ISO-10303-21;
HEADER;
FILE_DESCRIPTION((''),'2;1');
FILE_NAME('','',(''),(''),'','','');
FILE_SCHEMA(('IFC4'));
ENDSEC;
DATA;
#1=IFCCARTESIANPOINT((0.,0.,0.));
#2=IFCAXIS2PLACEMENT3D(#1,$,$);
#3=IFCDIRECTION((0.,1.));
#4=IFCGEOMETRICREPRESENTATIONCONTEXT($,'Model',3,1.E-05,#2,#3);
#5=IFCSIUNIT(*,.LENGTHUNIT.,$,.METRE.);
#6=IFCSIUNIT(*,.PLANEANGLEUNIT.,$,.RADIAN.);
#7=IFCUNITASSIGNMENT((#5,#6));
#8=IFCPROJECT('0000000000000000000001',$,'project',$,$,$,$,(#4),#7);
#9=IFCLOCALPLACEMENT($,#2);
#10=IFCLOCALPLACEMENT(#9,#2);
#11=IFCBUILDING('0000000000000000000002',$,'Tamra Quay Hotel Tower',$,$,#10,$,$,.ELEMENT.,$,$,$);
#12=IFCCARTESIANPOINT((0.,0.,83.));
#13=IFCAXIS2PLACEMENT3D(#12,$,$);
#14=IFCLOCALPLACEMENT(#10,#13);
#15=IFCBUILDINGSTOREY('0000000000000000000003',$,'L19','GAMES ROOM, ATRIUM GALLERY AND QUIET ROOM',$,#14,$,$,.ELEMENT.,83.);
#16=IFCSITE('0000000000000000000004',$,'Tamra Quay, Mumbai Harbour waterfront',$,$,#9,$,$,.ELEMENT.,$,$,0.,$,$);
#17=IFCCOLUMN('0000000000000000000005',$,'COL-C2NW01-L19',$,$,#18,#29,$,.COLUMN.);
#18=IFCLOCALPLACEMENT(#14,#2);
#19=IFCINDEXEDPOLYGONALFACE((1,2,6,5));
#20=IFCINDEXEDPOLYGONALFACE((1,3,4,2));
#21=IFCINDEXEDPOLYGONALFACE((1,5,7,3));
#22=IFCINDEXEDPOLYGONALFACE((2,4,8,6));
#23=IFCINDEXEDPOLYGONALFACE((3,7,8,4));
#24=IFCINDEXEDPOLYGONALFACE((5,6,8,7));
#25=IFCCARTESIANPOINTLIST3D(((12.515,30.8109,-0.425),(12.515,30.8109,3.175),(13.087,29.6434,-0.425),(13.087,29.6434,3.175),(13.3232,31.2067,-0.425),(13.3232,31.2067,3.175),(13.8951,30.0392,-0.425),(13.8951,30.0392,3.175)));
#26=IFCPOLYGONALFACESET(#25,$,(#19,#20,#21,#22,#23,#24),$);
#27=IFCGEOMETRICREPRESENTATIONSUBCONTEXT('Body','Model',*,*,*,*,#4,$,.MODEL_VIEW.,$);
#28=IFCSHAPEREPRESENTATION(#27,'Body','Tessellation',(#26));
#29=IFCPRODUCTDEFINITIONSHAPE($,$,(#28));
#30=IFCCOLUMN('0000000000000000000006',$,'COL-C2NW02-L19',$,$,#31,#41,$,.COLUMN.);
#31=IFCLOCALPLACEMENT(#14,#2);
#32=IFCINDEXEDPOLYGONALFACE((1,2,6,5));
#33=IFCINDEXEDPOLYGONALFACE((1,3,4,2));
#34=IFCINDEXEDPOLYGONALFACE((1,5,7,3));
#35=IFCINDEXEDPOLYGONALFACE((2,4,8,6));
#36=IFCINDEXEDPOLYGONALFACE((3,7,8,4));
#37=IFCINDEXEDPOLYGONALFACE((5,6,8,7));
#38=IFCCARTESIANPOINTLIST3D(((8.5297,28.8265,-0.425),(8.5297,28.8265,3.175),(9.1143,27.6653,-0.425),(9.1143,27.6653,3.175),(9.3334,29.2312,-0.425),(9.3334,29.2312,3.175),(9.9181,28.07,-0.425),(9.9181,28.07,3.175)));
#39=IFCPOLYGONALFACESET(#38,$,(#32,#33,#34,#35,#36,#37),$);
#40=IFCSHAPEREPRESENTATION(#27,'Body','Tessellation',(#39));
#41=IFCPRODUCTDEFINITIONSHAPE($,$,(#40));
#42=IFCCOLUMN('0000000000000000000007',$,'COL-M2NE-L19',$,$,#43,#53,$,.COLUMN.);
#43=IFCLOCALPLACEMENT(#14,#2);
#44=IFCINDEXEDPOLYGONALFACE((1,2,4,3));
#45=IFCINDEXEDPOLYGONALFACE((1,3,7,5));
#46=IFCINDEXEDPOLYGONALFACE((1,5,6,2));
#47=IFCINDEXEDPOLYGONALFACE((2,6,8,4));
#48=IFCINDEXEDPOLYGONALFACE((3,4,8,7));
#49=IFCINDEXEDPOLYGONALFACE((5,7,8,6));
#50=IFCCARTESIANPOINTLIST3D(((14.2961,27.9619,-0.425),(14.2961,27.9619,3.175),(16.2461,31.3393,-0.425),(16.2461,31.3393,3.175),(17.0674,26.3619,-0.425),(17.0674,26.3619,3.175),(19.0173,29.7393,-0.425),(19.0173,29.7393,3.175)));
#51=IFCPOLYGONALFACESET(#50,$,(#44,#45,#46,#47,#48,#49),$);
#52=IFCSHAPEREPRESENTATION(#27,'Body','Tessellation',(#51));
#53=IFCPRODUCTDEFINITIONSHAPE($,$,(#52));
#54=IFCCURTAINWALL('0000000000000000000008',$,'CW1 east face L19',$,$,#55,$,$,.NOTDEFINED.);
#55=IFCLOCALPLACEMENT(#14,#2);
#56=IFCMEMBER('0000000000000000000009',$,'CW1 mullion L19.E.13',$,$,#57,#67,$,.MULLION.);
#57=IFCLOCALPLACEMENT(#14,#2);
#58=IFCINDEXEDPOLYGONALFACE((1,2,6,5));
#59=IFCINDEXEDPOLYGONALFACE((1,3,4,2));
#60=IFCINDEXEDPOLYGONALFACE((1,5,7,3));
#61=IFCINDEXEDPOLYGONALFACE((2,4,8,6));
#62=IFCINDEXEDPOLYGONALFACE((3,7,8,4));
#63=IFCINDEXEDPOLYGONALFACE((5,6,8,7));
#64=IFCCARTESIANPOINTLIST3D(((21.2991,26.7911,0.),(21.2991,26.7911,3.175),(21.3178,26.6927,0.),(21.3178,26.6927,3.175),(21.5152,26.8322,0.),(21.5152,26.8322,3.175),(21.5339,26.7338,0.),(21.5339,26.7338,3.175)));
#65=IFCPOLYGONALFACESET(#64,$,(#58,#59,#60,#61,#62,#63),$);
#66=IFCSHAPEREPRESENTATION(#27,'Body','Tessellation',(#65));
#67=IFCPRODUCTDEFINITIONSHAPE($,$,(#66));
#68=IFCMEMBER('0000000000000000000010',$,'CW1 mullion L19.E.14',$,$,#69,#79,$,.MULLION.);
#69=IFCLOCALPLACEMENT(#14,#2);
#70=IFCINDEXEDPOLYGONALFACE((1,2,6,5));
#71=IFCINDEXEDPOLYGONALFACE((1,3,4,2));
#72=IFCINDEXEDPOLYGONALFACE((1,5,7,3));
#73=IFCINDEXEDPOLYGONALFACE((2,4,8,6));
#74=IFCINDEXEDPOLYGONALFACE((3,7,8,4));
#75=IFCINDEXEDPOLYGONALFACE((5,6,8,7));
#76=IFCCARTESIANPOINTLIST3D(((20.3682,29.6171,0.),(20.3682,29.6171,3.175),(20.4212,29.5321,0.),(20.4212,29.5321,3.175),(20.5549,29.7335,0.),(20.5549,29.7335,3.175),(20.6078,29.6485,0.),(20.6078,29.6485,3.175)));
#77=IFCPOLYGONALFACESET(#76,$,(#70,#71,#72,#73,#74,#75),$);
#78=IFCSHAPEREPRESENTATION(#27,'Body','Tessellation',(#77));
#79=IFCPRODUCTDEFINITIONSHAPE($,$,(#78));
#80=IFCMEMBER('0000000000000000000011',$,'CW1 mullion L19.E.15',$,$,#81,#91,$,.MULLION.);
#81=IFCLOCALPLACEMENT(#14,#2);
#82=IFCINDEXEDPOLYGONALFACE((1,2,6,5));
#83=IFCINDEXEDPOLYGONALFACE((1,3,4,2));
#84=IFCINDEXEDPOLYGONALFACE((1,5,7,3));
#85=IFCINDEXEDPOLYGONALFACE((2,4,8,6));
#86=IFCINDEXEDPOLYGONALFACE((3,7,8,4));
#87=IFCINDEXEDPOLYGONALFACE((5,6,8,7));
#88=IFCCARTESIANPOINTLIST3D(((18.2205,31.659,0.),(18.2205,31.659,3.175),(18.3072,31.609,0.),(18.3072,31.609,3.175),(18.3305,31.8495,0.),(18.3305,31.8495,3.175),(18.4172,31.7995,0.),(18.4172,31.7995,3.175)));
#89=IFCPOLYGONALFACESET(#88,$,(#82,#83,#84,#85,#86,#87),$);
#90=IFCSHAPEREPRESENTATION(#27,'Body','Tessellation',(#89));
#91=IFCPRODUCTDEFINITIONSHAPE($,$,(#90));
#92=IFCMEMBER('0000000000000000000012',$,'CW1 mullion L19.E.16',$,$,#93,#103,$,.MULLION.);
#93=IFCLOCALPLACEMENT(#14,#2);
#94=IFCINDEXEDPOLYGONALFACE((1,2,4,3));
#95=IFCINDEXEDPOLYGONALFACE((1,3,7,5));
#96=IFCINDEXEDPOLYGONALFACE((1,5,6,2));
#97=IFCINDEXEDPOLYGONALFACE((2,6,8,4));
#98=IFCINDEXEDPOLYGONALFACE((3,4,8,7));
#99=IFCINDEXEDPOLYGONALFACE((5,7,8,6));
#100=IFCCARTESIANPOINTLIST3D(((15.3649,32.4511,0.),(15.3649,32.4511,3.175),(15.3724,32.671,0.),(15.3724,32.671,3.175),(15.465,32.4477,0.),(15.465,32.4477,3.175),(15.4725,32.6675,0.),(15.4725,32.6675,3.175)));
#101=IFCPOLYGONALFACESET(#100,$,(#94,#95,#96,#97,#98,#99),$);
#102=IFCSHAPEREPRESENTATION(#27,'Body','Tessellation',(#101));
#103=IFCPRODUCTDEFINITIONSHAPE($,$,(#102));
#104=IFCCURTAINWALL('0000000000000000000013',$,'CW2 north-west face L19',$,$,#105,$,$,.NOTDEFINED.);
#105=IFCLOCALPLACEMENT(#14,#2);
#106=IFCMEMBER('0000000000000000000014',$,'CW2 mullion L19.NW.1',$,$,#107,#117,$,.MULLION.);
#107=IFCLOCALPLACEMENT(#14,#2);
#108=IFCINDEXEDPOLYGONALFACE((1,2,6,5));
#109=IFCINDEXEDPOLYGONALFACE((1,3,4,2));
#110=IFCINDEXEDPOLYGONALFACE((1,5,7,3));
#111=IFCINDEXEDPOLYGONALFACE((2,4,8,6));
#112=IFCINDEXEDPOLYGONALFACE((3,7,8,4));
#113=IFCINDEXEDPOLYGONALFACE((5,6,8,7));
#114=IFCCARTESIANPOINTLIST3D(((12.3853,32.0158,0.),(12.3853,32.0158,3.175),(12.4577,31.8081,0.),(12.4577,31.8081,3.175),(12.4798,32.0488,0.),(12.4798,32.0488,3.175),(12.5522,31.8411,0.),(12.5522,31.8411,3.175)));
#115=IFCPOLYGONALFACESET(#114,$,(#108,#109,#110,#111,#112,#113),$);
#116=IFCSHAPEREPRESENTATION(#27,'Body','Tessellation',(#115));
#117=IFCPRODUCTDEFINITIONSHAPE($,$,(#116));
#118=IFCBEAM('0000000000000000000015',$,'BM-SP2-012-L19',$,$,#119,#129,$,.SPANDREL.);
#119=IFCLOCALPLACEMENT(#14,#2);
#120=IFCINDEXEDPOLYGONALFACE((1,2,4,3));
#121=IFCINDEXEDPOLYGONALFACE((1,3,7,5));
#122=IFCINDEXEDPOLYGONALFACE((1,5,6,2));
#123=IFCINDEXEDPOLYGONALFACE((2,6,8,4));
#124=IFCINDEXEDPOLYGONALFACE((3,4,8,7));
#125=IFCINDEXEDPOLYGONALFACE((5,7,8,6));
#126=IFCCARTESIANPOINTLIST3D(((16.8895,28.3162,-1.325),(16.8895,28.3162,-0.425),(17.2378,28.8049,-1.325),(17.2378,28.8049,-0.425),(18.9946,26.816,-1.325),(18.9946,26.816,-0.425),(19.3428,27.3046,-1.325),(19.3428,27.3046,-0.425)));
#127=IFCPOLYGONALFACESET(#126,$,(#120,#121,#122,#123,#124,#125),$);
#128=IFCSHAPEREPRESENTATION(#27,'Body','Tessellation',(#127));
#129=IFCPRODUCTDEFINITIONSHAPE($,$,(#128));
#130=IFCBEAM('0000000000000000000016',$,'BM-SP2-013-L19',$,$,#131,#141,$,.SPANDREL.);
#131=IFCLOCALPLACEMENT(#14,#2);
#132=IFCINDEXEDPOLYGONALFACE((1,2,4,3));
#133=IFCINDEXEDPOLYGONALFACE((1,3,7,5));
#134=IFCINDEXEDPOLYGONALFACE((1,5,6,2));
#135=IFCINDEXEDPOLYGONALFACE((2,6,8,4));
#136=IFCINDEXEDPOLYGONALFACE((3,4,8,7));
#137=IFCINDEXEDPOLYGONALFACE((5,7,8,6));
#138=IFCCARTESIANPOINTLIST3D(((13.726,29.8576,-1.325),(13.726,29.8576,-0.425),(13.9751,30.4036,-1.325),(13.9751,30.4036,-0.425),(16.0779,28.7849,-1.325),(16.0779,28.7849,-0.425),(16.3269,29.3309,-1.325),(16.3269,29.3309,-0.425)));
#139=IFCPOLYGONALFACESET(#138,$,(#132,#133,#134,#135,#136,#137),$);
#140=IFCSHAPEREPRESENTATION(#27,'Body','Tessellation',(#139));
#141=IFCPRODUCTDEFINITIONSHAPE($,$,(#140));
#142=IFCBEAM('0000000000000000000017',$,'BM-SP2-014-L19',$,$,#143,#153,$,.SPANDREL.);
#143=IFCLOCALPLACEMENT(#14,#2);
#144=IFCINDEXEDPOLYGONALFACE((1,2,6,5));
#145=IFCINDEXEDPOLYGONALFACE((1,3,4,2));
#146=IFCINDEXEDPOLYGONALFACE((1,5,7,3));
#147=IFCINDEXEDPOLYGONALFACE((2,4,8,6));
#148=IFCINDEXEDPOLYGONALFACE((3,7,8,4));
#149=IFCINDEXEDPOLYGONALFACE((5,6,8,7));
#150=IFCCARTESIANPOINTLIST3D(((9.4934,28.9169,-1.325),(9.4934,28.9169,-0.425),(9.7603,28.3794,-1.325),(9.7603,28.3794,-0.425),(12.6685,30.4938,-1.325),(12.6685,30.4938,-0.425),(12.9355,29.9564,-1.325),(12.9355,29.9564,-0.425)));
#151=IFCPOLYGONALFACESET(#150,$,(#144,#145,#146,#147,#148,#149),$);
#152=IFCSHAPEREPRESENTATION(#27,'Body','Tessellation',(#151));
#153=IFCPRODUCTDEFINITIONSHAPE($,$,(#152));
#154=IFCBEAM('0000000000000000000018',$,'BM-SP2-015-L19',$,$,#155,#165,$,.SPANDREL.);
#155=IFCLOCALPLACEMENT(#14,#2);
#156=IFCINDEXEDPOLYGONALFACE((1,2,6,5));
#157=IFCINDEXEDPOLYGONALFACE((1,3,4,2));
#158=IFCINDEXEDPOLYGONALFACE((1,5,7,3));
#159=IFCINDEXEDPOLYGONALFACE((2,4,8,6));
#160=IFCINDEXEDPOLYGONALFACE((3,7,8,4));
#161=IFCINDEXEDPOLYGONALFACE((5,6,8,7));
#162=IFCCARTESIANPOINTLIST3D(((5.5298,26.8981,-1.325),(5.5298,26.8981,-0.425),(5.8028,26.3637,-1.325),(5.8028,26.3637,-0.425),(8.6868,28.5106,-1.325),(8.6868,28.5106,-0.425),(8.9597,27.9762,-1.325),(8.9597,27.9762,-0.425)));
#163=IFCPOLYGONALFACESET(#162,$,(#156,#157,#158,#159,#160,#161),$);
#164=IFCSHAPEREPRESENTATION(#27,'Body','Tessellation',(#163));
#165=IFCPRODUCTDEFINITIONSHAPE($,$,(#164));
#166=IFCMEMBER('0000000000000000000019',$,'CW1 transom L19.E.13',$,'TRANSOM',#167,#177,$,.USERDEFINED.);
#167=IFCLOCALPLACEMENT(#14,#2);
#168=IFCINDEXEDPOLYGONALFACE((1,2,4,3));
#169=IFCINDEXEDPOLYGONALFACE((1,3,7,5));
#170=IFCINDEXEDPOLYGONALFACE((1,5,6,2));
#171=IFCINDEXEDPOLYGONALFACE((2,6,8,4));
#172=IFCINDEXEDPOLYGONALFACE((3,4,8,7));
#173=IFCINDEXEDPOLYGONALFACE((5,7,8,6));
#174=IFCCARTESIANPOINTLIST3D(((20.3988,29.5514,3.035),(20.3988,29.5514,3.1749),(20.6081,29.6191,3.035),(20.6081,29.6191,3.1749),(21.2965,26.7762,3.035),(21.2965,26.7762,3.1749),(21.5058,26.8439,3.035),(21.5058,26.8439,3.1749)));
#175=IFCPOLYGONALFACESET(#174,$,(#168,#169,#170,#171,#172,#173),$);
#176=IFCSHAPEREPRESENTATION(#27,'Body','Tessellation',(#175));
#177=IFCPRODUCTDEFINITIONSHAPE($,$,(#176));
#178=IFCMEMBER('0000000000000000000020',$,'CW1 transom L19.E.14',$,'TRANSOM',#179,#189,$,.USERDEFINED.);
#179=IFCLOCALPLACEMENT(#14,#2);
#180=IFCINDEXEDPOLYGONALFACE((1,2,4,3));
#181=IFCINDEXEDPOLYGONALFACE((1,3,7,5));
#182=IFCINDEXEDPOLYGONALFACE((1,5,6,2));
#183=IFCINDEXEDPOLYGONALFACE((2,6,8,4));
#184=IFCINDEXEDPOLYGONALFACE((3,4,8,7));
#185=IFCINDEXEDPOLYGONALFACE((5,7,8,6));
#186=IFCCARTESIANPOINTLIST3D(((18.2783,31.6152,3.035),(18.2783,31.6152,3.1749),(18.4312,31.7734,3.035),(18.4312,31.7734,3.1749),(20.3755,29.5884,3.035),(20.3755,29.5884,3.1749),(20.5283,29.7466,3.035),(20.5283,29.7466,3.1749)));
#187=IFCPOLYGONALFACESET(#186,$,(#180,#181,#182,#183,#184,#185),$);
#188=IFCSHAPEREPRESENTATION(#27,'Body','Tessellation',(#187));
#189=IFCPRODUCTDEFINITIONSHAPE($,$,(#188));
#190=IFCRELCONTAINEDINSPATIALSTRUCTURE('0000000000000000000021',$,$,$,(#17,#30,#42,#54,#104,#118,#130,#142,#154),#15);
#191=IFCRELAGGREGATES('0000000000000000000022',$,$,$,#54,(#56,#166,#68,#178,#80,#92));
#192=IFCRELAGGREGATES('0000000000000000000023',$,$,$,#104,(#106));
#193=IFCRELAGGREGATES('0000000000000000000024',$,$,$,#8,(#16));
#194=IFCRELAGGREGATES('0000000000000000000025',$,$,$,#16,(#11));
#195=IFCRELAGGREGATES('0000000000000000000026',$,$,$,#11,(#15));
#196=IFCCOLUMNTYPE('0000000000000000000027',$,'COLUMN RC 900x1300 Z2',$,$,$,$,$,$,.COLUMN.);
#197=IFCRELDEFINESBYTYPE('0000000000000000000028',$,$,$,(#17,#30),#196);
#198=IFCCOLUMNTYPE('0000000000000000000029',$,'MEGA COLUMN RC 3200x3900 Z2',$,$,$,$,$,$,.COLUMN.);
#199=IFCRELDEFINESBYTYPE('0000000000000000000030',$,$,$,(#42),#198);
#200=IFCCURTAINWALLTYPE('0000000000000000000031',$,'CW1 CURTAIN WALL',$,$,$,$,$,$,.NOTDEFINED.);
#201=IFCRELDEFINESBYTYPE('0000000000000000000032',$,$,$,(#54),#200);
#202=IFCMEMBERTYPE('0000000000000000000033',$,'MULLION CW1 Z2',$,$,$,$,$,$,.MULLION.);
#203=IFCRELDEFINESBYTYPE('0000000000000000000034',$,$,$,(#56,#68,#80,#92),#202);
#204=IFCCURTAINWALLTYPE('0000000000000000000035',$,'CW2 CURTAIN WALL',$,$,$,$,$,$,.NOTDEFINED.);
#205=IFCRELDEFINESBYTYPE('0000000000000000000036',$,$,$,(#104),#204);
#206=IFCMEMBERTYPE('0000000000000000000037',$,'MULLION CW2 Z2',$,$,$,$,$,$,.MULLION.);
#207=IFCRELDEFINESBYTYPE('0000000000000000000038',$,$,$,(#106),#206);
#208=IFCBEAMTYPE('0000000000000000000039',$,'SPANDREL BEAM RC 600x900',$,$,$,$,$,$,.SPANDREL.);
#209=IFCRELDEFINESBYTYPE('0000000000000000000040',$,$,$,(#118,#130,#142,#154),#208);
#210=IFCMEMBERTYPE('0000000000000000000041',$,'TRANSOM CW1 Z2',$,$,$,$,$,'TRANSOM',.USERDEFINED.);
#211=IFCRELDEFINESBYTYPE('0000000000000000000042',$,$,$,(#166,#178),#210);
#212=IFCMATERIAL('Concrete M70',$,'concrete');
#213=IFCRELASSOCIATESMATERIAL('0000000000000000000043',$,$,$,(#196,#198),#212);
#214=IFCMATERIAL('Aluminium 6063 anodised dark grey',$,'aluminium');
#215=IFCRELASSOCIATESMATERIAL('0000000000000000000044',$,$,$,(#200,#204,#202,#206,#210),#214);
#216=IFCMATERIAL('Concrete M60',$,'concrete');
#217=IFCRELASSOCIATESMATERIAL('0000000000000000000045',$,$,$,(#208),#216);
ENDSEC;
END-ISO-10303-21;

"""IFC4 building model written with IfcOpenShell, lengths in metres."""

from ifc_helpers import new_model, si_unit, direction, frame, origin, origin_2d, place, context, subcontext, project, spatial, rectangle, extrude, material, material_profile, profile_set, type_object, element, aggregate, save


model = new_model("IFC4")

# Units and contexts
model_context = context("Model", 3, precision=1e-05, world=origin(), true_north=direction((0.0, 1.0)))
body_context = subcontext(model_context, "Body", "Model", "MODEL_VIEW")
ifc_project = project(units=[si_unit("LENGTHUNIT", "METRE"), si_unit("PLANEANGLEUNIT", "RADIAN")], contexts=[model_context])

# Site, building, storey
site_placement = place(None, origin())
site = spatial("IfcSite", under=ifc_project, at=site_placement, Name="Tamra Quay, Mumbai Harbour waterfront", CompositionType="ELEMENT", RefElevation=0.0)
building_placement = place(site_placement, origin())
building = spatial("IfcBuilding", under=site, at=building_placement, Name="Tamra Quay Hotel Tower", CompositionType="ELEMENT")
storey_placement = place(building_placement, frame((0.0, 0.0, 83.0)))
storey = spatial("IfcBuildingStorey", under=building, at=storey_placement, Name="L19", Description="GAMES ROOM, ATRIUM GALLERY AND QUIET ROOM", CompositionType="ELEMENT", Elevation=83.0)

# Columns
ifc_material_1 = material(Name="Concrete M70", Category="concrete")
ifc_material_profile_1 = material_profile(ifc_material_1, rectangle(XDim=1.3, YDim=0.8999, at=origin_2d()), Name="COLUMN RC 900x1300 Z2")
ifc_profile_set_1 = profile_set([ifc_material_profile_1], Name="Concrete M70")
column_type_1 = type_object("IfcColumnType", Name="COLUMN RC 900x1300 Z2", PredefinedType="COLUMN", material=ifc_profile_set_1)
for number, where, z_axis, x_axis, name in (
    (1, (13.2051, 30.425, -0.425), (0.0, 0.0, 1.0), (-0.439916, 0.898039, 0.0), "COL-C2NW01-L19"),
    (2, (9.2239, 28.4482, -0.425), (0.0, 0.0, 1.0), (-0.449727, 0.893166, 0.0), "COL-C2NW02-L19"),
):
    element("IfcColumn", number, at=place(storey_placement, frame(where, z_axis=z_axis, x_axis=x_axis)), inside=storey, type_object=column_type_1, Name=name, PredefinedType="COLUMN", context=body_context, shape_type="SweptSolid", body=[
        extrude(rectangle(XDim=1.3, YDim=0.8999, at=origin_2d()), origin(), (0.0, 0.0, 1.0), 3.6001),
    ])
ifc_material_profile_2 = material_profile(ifc_material_1, rectangle(XDim=3.8999, YDim=3.2, at=origin_2d()), Name="MEGA COLUMN RC 3200x3900 Z2")
ifc_profile_set_2 = profile_set([ifc_material_profile_2], Name="Concrete M70")
column_type_2 = type_object("IfcColumnType", Name="MEGA COLUMN RC 3200x3900 Z2", PredefinedType="COLUMN", material=ifc_profile_set_2)
column_placement = place(storey_placement, frame((16.6567, 28.8506, -0.425), z_axis=(0.0, 0.0, 1.0), x_axis=(0.5, 0.866025, 0.0)))
element("IfcColumn", 3, at=column_placement, inside=storey, type_object=column_type_2, Name="COL-M2NE-L19", PredefinedType="COLUMN", context=body_context, shape_type="SweptSolid", body=[
    extrude(rectangle(XDim=3.8999, YDim=3.2, at=origin_2d()), origin(), (0.0, 0.0, 1.0), 3.6001),
])

# Curtain wall, members
ifc_material_2 = material(Name="Aluminium 6063 anodised dark grey", Category="aluminium")
curtain_wall_type_1 = type_object("IfcCurtainWallType", Name="CW1 CURTAIN WALL", PredefinedType="NOTDEFINED", material=ifc_material_2)
curtain_wall_1_placement = place(storey_placement, origin())
curtain_wall_1 = element("IfcCurtainWall", 4, at=curtain_wall_1_placement, inside=storey, type_object=curtain_wall_type_1, Name="CW1 east face L19", PredefinedType="NOTDEFINED")
ifc_material_profile_3 = material_profile(ifc_material_2, rectangle(XDim=0.22, YDim=0.1001, at=origin_2d()), Name="MULLION 100X220")
ifc_profile_set_3 = profile_set([ifc_material_profile_3], Name="Aluminium 6063 anodised dark grey")
member_type_1 = type_object("IfcMemberType", Name="MULLION CW1 Z2", PredefinedType="MULLION", material=ifc_profile_set_3)
member_1_placement = place(storey_placement, frame((21.4165, 26.7625, 0.0), z_axis=(0.0, 0.0, 1.0), x_axis=(0.982419, 0.186689, 0.0)))
member_1 = element("IfcMember", 5, at=member_1_placement, type_object=member_type_1, Name="CW1 mullion L19.E.13", PredefinedType="MULLION", context=body_context, shape_type="SweptSolid", body=[
    extrude(rectangle(XDim=0.22, YDim=0.1001, at=origin_2d()), origin(), (0.0, 0.0, 1.0), 3.175),
])
member_2_placement = place(storey_placement, frame((20.488, 29.6328, 0.0), z_axis=(0.0, 0.0, 1.0), x_axis=(0.848503, 0.52919, 0.0)))
member_2 = element("IfcMember", 6, at=member_2_placement, type_object=member_type_1, Name="CW1 mullion L19.E.14", PredefinedType="MULLION", context=body_context, shape_type="SweptSolid", body=[
    extrude(rectangle(XDim=0.22, YDim=0.1001, at=origin_2d()), origin(), (0.0, 0.0, 1.0), 3.175),
])
member_3_placement = place(storey_placement, frame((18.3188, 31.7292, 0.0), z_axis=(0.0, 0.0, 1.0), x_axis=(0.5, 0.866025, 0.0)))
member_3 = element("IfcMember", 7, at=member_3_placement, type_object=member_type_1, Name="CW1 mullion L19.E.15", PredefinedType="MULLION", context=body_context, shape_type="SweptSolid", body=[
    extrude(rectangle(XDim=0.22, YDim=0.1001, at=origin_2d()), origin(), (0.0, 0.0, 1.0), 3.175),
])
member_4_placement = place(storey_placement, frame((15.4187, 32.5593, 0.0), z_axis=(0.0, 0.0, 1.0), x_axis=(0.034041, 0.99942, 0.0)))
member_4 = element("IfcMember", 8, at=member_4_placement, type_object=member_type_1, Name="CW1 mullion L19.E.16", PredefinedType="MULLION", context=body_context, shape_type="SweptSolid", body=[
    extrude(rectangle(XDim=0.22, YDim=0.1001, at=origin_2d()), origin(), (0.0, 0.0, 1.0), 3.175),
])

# Curtain wall, member
curtain_wall_type_2 = type_object("IfcCurtainWallType", Name="CW2 CURTAIN WALL", PredefinedType="NOTDEFINED", material=ifc_material_2)
curtain_wall_2_placement = place(storey_placement, origin())
curtain_wall_2 = element("IfcCurtainWall", 9, at=curtain_wall_2_placement, inside=storey, type_object=curtain_wall_type_2, Name="CW2 north-west face L19", PredefinedType="NOTDEFINED")
ifc_material_profile_4 = material_profile(ifc_material_2, rectangle(XDim=0.22, YDim=0.1001, at=origin_2d()), Name="MULLION 100X220")
ifc_profile_set_4 = profile_set([ifc_material_profile_4], Name="Aluminium 6063 anodised dark grey")
member_type_2 = type_object("IfcMemberType", Name="MULLION CW2 Z2", PredefinedType="MULLION", material=ifc_profile_set_4)
member_5_placement = place(storey_placement, frame((12.4688, 31.9285, 0.0), z_axis=(0.0, 0.0, 1.0), x_axis=(-0.329532, 0.944144, 0.0)))
member_5 = element("IfcMember", 10, at=member_5_placement, type_object=member_type_2, Name="CW2 mullion L19.NW.1", PredefinedType="MULLION", context=body_context, shape_type="SweptSolid", body=[
    extrude(rectangle(XDim=0.22, YDim=0.1001, at=origin_2d()), origin(), (0.0, 0.0, 1.0), 3.175),
])

# Beams
ifc_material_3 = material(Name="Concrete M60", Category="concrete")
ifc_material_profile_5 = material_profile(ifc_material_3, rectangle(XDim=0.6001, YDim=0.8999, at=origin_2d()), Name="SPANDREL BEAM RC 600x900")
ifc_profile_set_5 = profile_set([ifc_material_profile_5], Name="Concrete M60")
beam_type = type_object("IfcBeamType", Name="SPANDREL BEAM RC 600x900", PredefinedType="SPANDREL", material=ifc_profile_set_5)
for number, where, z_axis, x_axis, name in (
    (11, (19.1687, 27.0603, -0.875), (-0.814339, 0.580389, 0.0), (-0.580389, -0.814339, 0.0), "BM-SP2-012-L19"),
    (12, (16.2024, 29.0579, -0.875), (-0.909819, 0.415005, 0.0), (-0.415005, -0.909819, 0.0), "BM-SP2-013-L19"),
):
    element("IfcBeam", number, at=place(storey_placement, frame(where, z_axis=z_axis, x_axis=x_axis)), inside=storey, type_object=beam_type, Name=name, PredefinedType="SPANDREL", context=body_context, shape_type="SweptSolid", body=[
        extrude(rectangle(XDim=0.6001, YDim=0.8999, at=origin_2d()), origin(), (0.0, 0.0, 1.0), 2.585),
    ])
beam_1_placement = place(storey_placement, frame((12.802, 30.2251, -0.875), z_axis=(-0.895622, -0.444815, 0.0), x_axis=(0.444815, -0.895622, 0.0)))
element("IfcBeam", 13, at=beam_1_placement, inside=storey, type_object=beam_type, Name="BM-SP2-014-L19", PredefinedType="SPANDREL", context=body_context, shape_type="SweptSolid", body=[
    extrude(rectangle(XDim=0.6001, YDim=0.8999, at=origin_2d()), origin(), (0.0, 0.0, 1.0), 3.5452),
])
beam_2_placement = place(storey_placement, frame((8.8232, 28.2434, -0.875), z_axis=(-0.890551, -0.454883, 0.0), x_axis=(0.454883, -0.890551, 0.0)))
element("IfcBeam", 14, at=beam_2_placement, inside=storey, type_object=beam_type, Name="BM-SP2-015-L19", PredefinedType="SPANDREL", context=body_context, shape_type="SweptSolid", body=[
    extrude(rectangle(XDim=0.6001, YDim=0.8999, at=origin_2d()), origin(), (0.0, 0.0, 1.0), 3.5449),
])

# Members
ifc_material_profile_6 = material_profile(ifc_material_2, rectangle(XDim=0.22, YDim=0.1399, at=origin_2d()), Name="TRANSOM 220X140")
ifc_profile_set_6 = profile_set([ifc_material_profile_6], Name="Aluminium 6063 anodised dark grey")
member_type_3 = type_object("IfcMemberType", Name="TRANSOM CW1 Z2", ElementType="TRANSOM", PredefinedType="USERDEFINED", material=ifc_profile_set_6)
member_6_placement = place(storey_placement, frame((21.4011, 26.8101, 3.105), z_axis=(-0.307778, 0.951458, 0.0), x_axis=(-0.951458, -0.307778, 0.0)))
member_6 = element("IfcMember", 15, at=member_6_placement, type_object=member_type_3, Name="CW1 transom L19.E.13", ObjectType="TRANSOM", PredefinedType="USERDEFINED", context=body_context, shape_type="SweptSolid", body=[
    extrude(rectangle(XDim=0.22, YDim=0.1399, at=origin_2d()), origin(), (0.0, 0.0, 1.0), 2.9167),
])
member_7_placement = place(storey_placement, frame((20.4519, 29.6675, 3.105), z_axis=(-0.719058, 0.69495, 0.0), x_axis=(-0.69495, -0.719058, 0.0)))
member_7 = element("IfcMember", 16, at=member_7_placement, type_object=member_type_3, Name="CW1 transom L19.E.14", ObjectType="TRANSOM", PredefinedType="USERDEFINED", context=body_context, shape_type="SweptSolid", body=[
    extrude(rectangle(XDim=0.22, YDim=0.1399, at=origin_2d()), origin(), (0.0, 0.0, 1.0), 2.9165),
])

aggregate(curtain_wall_1, [member_1, member_6, member_2, member_7, member_3, member_4])
aggregate(curtain_wall_2, [member_5])

save(model, "model.ifc")
